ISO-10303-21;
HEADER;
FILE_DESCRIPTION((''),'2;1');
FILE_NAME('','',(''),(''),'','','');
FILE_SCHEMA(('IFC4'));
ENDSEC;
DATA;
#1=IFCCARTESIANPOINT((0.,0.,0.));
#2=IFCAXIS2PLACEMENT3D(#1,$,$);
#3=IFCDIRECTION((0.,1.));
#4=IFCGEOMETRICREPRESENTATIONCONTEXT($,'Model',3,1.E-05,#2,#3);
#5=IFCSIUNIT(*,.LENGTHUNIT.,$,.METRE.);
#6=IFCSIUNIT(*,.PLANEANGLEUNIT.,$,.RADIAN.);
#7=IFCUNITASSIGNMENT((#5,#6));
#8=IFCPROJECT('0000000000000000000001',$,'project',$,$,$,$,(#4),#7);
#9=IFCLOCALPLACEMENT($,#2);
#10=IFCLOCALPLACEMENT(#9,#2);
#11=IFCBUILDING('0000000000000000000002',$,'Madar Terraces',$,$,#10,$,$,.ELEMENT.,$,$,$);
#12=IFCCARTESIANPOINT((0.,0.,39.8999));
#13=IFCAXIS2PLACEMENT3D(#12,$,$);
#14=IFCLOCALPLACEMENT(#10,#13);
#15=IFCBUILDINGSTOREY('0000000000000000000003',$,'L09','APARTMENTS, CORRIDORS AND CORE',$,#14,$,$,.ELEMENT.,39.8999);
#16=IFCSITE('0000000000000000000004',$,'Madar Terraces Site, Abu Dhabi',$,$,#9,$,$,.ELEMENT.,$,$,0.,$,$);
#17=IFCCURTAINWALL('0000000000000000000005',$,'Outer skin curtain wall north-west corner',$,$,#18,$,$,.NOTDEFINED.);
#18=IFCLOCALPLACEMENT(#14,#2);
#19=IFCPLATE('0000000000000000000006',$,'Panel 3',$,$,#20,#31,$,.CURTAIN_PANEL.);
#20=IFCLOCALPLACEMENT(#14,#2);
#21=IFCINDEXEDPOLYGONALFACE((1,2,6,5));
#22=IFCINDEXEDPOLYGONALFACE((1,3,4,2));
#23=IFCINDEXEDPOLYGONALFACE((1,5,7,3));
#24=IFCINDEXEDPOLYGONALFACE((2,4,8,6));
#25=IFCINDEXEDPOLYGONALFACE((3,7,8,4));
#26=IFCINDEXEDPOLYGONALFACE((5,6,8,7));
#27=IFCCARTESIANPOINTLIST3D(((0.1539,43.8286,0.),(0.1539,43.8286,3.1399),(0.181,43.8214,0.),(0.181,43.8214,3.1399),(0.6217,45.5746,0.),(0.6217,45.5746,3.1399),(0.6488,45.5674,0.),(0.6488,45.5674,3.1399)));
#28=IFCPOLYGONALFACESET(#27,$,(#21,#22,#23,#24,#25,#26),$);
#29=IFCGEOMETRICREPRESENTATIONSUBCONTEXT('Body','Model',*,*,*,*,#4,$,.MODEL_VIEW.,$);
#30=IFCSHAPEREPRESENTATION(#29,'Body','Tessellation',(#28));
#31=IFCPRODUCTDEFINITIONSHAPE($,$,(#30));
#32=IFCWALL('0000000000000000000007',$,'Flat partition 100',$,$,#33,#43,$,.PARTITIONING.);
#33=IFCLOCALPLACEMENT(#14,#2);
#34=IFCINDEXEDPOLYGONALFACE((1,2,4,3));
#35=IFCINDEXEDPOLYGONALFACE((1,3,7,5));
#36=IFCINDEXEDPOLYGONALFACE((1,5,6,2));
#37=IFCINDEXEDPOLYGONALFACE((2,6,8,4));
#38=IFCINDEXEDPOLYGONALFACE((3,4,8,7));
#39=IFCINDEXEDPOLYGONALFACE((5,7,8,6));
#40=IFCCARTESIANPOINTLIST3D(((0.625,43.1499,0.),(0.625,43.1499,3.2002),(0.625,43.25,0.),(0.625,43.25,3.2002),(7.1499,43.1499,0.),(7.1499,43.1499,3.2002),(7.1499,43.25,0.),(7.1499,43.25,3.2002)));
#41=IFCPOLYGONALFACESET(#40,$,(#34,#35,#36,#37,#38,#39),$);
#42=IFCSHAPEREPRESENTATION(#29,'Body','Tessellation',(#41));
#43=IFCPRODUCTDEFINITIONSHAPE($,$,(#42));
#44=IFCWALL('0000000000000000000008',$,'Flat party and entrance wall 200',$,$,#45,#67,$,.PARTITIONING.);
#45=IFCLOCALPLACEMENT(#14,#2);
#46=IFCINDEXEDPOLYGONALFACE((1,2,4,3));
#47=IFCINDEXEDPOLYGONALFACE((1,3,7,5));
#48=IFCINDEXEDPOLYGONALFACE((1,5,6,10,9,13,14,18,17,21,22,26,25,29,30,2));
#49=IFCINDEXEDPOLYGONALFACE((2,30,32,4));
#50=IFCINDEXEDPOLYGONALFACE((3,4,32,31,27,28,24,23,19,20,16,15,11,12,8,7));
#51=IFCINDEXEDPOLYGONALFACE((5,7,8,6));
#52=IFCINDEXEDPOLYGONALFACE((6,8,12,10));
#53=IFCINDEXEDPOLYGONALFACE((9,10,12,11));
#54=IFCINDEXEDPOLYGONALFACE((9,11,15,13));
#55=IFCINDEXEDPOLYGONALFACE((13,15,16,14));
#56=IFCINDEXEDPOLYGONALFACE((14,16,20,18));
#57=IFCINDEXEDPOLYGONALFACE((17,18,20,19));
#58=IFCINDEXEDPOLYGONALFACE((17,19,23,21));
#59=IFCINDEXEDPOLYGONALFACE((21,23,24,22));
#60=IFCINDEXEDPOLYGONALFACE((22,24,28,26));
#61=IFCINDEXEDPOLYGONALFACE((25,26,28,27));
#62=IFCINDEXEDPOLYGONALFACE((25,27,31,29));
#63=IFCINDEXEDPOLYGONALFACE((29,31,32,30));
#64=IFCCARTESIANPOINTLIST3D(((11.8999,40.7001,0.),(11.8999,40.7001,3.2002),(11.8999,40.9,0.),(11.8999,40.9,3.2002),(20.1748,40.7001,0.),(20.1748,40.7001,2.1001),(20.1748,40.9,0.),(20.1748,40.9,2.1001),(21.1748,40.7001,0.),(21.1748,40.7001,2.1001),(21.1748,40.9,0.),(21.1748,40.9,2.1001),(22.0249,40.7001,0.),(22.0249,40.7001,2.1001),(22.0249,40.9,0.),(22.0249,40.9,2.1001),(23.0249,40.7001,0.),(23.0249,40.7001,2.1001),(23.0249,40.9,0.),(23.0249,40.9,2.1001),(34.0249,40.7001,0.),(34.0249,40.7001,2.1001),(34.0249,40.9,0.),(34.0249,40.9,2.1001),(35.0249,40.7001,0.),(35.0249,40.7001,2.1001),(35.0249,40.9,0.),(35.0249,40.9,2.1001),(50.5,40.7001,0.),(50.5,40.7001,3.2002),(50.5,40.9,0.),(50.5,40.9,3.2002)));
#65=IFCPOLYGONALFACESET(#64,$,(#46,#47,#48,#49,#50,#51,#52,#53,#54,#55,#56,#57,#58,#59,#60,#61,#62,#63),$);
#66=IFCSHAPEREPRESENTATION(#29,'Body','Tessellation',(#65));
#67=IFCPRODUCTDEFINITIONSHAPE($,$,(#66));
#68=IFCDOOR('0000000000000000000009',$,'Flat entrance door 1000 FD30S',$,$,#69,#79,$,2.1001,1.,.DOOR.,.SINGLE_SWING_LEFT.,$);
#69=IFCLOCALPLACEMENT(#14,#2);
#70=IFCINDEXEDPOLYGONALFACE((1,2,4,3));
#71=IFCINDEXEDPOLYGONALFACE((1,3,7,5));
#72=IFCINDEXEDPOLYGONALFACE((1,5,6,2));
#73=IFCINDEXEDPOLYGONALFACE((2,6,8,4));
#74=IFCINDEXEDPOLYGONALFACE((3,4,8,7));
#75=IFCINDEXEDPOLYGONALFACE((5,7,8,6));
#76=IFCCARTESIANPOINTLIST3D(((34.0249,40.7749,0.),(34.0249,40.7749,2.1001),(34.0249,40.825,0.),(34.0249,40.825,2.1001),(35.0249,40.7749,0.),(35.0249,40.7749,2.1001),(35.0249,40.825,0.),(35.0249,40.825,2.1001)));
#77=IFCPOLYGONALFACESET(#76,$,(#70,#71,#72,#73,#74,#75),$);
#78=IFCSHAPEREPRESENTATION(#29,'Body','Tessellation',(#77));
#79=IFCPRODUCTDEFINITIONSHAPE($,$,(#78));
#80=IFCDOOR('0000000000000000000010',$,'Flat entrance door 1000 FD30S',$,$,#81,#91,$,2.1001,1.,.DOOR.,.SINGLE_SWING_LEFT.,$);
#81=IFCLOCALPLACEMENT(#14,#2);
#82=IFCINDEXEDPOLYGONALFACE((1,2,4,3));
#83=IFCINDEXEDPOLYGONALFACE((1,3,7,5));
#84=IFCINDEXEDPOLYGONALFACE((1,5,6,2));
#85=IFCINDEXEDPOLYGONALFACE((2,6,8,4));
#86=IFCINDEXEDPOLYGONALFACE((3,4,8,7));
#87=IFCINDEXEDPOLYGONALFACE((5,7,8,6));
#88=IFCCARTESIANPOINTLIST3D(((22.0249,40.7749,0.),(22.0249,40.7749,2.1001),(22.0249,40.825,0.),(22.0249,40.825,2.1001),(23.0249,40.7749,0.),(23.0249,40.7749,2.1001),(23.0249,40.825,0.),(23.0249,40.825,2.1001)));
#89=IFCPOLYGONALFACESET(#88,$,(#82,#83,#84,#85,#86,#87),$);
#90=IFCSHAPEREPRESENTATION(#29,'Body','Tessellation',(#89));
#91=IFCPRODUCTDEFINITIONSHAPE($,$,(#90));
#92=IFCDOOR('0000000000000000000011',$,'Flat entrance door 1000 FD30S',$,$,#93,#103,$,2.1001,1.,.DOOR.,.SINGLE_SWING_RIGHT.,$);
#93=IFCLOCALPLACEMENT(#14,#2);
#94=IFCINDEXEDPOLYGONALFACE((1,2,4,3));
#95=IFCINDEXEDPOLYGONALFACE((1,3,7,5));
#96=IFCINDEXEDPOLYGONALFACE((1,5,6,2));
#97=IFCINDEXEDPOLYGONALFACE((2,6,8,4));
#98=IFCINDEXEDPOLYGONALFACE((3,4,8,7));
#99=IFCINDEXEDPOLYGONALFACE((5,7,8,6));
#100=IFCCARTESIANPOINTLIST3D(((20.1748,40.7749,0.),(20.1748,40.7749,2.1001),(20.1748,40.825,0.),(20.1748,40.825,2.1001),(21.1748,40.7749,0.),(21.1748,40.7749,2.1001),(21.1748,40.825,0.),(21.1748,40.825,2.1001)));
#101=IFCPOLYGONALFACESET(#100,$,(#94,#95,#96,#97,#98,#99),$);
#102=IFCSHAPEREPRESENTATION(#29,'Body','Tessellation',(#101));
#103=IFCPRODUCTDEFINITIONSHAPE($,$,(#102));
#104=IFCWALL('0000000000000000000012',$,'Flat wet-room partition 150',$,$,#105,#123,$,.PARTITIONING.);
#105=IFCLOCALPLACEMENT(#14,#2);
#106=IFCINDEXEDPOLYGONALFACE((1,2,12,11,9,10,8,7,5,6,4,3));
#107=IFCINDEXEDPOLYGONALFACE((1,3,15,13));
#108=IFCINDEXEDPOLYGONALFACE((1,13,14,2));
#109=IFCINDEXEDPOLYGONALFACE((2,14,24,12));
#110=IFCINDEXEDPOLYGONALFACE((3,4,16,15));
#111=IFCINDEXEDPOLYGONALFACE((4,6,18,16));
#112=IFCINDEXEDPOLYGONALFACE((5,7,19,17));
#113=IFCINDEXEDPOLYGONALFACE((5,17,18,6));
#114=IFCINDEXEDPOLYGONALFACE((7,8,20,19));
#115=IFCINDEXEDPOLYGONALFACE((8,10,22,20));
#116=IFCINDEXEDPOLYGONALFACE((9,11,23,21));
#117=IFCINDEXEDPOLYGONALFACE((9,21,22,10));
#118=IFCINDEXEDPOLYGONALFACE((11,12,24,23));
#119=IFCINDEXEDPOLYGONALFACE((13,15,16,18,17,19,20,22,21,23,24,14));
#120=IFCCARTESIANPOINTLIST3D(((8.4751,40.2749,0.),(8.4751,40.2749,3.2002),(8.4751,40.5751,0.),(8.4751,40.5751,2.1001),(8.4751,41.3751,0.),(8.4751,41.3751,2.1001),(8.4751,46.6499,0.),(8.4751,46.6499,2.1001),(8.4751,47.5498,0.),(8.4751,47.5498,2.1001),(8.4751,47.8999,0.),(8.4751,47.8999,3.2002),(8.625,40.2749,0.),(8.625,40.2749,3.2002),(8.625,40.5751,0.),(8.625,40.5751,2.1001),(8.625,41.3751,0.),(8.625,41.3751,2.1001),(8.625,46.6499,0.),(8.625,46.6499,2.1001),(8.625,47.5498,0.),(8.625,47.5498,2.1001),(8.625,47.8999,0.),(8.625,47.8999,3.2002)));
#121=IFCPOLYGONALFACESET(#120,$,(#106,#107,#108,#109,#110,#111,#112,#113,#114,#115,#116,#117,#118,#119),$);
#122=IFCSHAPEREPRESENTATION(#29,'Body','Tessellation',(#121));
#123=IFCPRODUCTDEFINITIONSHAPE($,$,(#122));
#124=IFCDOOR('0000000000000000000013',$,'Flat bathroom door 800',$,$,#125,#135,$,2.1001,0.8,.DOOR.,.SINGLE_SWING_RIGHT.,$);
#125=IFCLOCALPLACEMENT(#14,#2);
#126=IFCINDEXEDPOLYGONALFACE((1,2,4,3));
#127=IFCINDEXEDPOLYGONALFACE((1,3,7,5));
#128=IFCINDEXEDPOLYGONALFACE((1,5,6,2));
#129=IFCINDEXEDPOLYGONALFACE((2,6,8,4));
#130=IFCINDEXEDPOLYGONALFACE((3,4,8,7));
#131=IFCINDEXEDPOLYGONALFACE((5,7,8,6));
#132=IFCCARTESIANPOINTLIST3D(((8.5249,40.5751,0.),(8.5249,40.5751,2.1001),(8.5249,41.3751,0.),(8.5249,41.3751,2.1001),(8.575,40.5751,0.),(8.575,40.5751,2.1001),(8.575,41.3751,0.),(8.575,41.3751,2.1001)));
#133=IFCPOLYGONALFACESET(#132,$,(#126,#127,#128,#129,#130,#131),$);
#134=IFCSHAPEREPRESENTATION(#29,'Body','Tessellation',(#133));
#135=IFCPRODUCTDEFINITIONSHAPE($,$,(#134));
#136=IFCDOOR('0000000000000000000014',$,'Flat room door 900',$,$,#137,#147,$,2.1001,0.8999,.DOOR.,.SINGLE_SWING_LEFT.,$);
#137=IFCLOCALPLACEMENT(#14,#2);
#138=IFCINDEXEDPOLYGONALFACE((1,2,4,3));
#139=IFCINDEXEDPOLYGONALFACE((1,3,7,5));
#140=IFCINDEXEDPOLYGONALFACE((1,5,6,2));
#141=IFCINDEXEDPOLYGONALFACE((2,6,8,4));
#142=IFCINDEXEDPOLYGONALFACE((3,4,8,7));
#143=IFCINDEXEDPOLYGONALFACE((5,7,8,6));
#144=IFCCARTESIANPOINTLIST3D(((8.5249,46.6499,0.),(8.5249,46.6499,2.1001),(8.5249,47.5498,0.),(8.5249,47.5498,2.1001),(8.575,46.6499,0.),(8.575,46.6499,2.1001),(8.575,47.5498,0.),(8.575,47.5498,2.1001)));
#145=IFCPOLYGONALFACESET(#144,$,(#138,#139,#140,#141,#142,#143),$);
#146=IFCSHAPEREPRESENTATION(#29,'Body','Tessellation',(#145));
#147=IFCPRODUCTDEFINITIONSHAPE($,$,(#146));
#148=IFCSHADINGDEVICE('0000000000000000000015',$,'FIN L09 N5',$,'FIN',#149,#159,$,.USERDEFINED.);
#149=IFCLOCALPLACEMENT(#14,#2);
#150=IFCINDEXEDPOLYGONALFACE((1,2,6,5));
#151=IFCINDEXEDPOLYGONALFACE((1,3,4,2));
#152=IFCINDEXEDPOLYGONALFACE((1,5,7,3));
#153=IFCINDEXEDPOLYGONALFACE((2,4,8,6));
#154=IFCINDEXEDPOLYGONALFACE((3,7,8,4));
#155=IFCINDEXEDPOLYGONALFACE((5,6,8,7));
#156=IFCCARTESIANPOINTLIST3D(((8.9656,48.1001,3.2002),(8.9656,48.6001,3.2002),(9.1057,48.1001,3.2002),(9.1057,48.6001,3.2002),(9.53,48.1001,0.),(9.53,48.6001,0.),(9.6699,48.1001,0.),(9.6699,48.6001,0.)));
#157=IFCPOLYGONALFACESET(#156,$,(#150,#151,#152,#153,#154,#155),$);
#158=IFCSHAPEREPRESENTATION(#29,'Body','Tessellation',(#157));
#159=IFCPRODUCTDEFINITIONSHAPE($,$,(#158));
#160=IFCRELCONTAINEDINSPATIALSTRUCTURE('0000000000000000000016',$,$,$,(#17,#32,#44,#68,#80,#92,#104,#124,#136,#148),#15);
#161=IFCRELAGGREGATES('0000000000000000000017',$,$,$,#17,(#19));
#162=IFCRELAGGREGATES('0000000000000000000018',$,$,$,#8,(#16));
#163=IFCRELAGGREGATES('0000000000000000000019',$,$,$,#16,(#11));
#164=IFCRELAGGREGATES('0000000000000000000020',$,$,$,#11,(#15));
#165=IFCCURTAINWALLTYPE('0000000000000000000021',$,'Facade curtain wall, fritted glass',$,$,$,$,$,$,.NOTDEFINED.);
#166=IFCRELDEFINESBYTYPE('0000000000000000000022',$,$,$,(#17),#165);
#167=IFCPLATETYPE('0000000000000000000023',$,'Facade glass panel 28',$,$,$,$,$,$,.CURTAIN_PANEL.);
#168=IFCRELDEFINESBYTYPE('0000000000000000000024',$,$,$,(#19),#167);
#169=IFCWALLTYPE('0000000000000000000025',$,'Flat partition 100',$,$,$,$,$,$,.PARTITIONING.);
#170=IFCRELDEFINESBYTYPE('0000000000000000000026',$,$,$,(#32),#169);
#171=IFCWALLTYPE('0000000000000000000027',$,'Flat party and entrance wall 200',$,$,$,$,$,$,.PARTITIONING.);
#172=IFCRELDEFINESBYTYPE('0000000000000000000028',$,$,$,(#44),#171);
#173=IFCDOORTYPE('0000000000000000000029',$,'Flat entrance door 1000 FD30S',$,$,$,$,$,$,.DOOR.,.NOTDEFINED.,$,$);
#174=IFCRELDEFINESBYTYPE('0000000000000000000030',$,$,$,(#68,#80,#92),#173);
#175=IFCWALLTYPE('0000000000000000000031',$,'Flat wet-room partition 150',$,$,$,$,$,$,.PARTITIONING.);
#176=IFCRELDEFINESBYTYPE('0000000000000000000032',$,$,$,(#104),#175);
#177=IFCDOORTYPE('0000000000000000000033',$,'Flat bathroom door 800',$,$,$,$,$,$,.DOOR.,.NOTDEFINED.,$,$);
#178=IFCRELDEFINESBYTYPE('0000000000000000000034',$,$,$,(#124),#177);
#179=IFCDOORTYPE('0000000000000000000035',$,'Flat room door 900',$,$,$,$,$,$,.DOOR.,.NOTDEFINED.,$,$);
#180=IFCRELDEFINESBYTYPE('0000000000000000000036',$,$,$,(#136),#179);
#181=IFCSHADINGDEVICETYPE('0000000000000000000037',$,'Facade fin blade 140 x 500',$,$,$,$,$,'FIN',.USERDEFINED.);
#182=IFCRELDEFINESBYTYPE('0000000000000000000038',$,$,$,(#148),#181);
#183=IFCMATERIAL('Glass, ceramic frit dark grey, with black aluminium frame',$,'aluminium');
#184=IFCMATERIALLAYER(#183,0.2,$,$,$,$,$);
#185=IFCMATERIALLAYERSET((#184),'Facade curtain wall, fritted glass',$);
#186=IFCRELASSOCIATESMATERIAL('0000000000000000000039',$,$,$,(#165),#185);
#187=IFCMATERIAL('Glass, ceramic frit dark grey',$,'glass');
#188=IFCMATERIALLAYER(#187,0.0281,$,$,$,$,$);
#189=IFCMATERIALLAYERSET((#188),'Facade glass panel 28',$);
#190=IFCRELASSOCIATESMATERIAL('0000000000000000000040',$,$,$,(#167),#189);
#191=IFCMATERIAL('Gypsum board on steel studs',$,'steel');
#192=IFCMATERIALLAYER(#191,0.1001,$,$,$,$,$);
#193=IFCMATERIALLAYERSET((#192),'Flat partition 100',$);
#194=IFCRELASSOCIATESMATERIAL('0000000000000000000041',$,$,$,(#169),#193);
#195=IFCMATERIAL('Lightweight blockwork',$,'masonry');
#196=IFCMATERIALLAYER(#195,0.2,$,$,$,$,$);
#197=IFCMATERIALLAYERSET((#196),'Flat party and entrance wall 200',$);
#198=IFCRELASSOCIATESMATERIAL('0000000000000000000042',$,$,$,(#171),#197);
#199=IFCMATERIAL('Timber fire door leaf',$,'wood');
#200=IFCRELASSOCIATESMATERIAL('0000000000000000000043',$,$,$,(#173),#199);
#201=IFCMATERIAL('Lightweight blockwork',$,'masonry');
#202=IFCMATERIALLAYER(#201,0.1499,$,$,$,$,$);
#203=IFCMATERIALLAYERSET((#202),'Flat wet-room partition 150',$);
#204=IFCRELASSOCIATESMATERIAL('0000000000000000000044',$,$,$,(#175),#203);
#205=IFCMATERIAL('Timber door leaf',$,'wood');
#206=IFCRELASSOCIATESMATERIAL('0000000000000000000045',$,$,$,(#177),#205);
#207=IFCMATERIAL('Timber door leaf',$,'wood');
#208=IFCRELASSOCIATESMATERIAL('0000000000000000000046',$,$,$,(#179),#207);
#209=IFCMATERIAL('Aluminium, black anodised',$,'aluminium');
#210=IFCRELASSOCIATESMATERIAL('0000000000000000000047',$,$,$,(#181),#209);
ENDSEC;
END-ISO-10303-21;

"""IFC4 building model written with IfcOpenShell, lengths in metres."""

from ifc_helpers import new_model, si_unit, direction, frame, frame_2d, origin, origin_2d, place, context, subcontext, project, spatial, polyline, rectangle, outline, extrude, material, layer, layer_set, type_object, element, fill, aggregate, save


model = new_model("IFC4")

# Units and contexts
model_context = context("Model", 3, precision=1e-05, world=origin(), true_north=direction((0.0, 1.0)))
body_context = subcontext(model_context, "Body", "Model", "MODEL_VIEW")
ifc_project = project(units=[si_unit("LENGTHUNIT", "METRE"), si_unit("PLANEANGLEUNIT", "RADIAN")], contexts=[model_context])

# Site, building, storey
site_placement = place(None, origin())
site = spatial("IfcSite", under=ifc_project, at=site_placement, Name="Madar Terraces Site, Abu Dhabi", CompositionType="ELEMENT", RefElevation=0.0)
building_placement = place(site_placement, origin())
building = spatial("IfcBuilding", under=site, at=building_placement, Name="Madar Terraces", CompositionType="ELEMENT")
storey_placement = place(building_placement, frame((0.0, 0.0, 39.8999)))
storey = spatial("IfcBuildingStorey", under=building, at=storey_placement, Name="L09", Description="APARTMENTS, CORRIDORS AND CORE", CompositionType="ELEMENT", Elevation=39.8999)

# Shared definitions
ifc_material_1 = material(Name="Glass, ceramic frit dark grey, with black aluminium frame", Category="aluminium")
ifc_layer_1 = layer(ifc_material_1, 0.2)
ifc_layer_set_1 = layer_set([ifc_layer_1], Name="Facade curtain wall, fritted glass")
curtain_wall_type = type_object("IfcCurtainWallType", Name="Facade curtain wall, fritted glass", PredefinedType="NOTDEFINED", material=ifc_layer_set_1)

# Curtain wall
curtain_wall_1_placement = place(storey_placement, origin())
curtain_wall_1 = element("IfcCurtainWall", 1, at=curtain_wall_1_placement, inside=storey, type_object=curtain_wall_type, Name="Outer skin curtain wall north-west corner", PredefinedType="NOTDEFINED")

# Plate
ifc_material_2 = material(Name="Glass, ceramic frit dark grey", Category="glass")
ifc_layer_2 = layer(ifc_material_2, 0.0281)
ifc_layer_set_2 = layer_set([ifc_layer_2], Name="Facade glass panel 28")
plate_type = type_object("IfcPlateType", Name="Facade glass panel 28", PredefinedType="CURTAIN_PANEL", material=ifc_layer_set_2)
plate_1_placement = place(storey_placement, frame((0.4014, 44.698, 0.0), z_axis=(0.0, 0.0, 1.0), x_axis=(-0.258819, -0.965926, 0.0)))
plate_1 = element("IfcPlate", 2, at=plate_1_placement, type_object=plate_type, Name="Panel 3", PredefinedType="CURTAIN_PANEL", context=body_context, shape_type="SweptSolid", body=[
    extrude(rectangle(XDim=1.8076, YDim=0.0281, at=origin_2d()), origin(), (0.0, 0.0, 1.0), 3.1399),
])
aggregate(curtain_wall_1, [plate_1])

# Wall
ifc_material_3 = material(Name="Gypsum board on steel studs", Category="steel")
ifc_layer_3 = layer(ifc_material_3, 0.1001)
ifc_layer_set_3 = layer_set([ifc_layer_3], Name="Flat partition 100")
wall_type_1 = type_object("IfcWallType", Name="Flat partition 100", PredefinedType="PARTITIONING", material=ifc_layer_set_3)
wall_1_placement = place(storey_placement, frame((7.1499, 43.2, 0.0), z_axis=(0.0, 0.0, 1.0), x_axis=(-1.0, 0.0, 0.0)))
element("IfcWall", 3, at=wall_1_placement, inside=storey, type_object=wall_type_1, Name="Flat partition 100", PredefinedType="PARTITIONING", context=body_context, shape_type="SweptSolid", body=[
    extrude(rectangle(XDim=6.5249, YDim=0.1001, at=frame_2d((3.2625, 0.0))), origin(), (0.0, 0.0, 1.0), 3.2002),
])

# Walls, openings, doors
ifc_material_4 = material(Name="Lightweight blockwork", Category="masonry")
ifc_layer_4 = layer(ifc_material_4, 0.2)
ifc_layer_set_4 = layer_set([ifc_layer_4], Name="Flat party and entrance wall 200")
wall_type_2 = type_object("IfcWallType", Name="Flat party and entrance wall 200", PredefinedType="PARTITIONING", material=ifc_layer_set_4)
wall_2_placement = place(storey_placement, frame((11.8999, 40.8, 0.0), z_axis=(0.0, 0.0, 1.0), x_axis=(1.0, 0.0, 0.0)))
wall_2 = element("IfcWall", 4, at=wall_2_placement, inside=storey, type_object=wall_type_2, Name="Flat party and entrance wall 200", PredefinedType="PARTITIONING", context=body_context, shape_type="SweptSolid", body=[
    extrude(rectangle(XDim=38.6001, YDim=0.2, at=frame_2d((19.3, 0.0))), origin(), (0.0, 0.0, 1.0), 3.2002),
])
opening_1_placement = place(wall_2_placement, frame((22.125, 0.0, 0.0)))
opening_1 = element("IfcOpeningElement", 5, at=opening_1_placement, cuts=wall_2, PredefinedType="OPENING", context=body_context, shape_type="SweptSolid", body=[
    extrude(rectangle(XDim=1.0, YDim=2.1001, at=frame_2d((0.5, 1.05))), frame((0.0, 0.1099, 0.0), z_axis=(0.0, -1.0, 0.0), x_axis=(1.0, 0.0, 0.0)), (0.0, 0.0, 1.0), 0.22),
])
opening_2_placement = place(wall_2_placement, frame((10.125, 0.0, 0.0)))
opening_2 = element("IfcOpeningElement", 6, at=opening_2_placement, cuts=wall_2, PredefinedType="OPENING", context=body_context, shape_type="SweptSolid", body=[
    extrude(rectangle(XDim=1.0, YDim=2.1001, at=frame_2d((0.5, 1.05))), frame((0.0, 0.1099, 0.0), z_axis=(0.0, -1.0, 0.0), x_axis=(1.0, 0.0, 0.0)), (0.0, 0.0, 1.0), 0.22),
])
opening_3_placement = place(wall_2_placement, frame((8.2749, 0.0, 0.0)))
opening_3 = element("IfcOpeningElement", 7, at=opening_3_placement, cuts=wall_2, PredefinedType="OPENING", context=body_context, shape_type="SweptSolid", body=[
    extrude(rectangle(XDim=1.0, YDim=2.1001, at=frame_2d((0.5, 1.05))), frame((0.0, 0.1099, 0.0), z_axis=(0.0, -1.0, 0.0), x_axis=(1.0, 0.0, 0.0)), (0.0, 0.0, 1.0), 0.22),
])
ifc_material_5 = material(Name="Timber fire door leaf", Category="wood")
door_type_1 = type_object("IfcDoorType", Name="Flat entrance door 1000 FD30S", OperationType="NOTDEFINED", PredefinedType="DOOR", material=ifc_material_5)
door_1_placement = place(opening_1_placement, origin())
door_1 = element("IfcDoor", 8, at=door_1_placement, inside=storey, type_object=door_type_1, Name="Flat entrance door 1000 FD30S", OperationType="SINGLE_SWING_LEFT", OverallHeight=2.1001, OverallWidth=1.0, PredefinedType="DOOR", context=body_context, shape_type="SweptSolid", body=[
    extrude(rectangle(XDim=1.0, YDim=2.1001, at=frame_2d((0.5, 1.05))), frame((0.0, 0.0249, 0.0), z_axis=(0.0, -1.0, 0.0), x_axis=(1.0, 0.0, 0.0)), (0.0, 0.0, 1.0), 0.05),
])
fill(opening_1, door_1)
door_2_placement = place(opening_2_placement, origin())
door_2 = element("IfcDoor", 9, at=door_2_placement, inside=storey, type_object=door_type_1, Name="Flat entrance door 1000 FD30S", OperationType="SINGLE_SWING_LEFT", OverallHeight=2.1001, OverallWidth=1.0, PredefinedType="DOOR", context=body_context, shape_type="SweptSolid", body=[
    extrude(rectangle(XDim=1.0, YDim=2.1001, at=frame_2d((0.5, 1.05))), frame((0.0, 0.0249, 0.0), z_axis=(0.0, -1.0, 0.0), x_axis=(1.0, 0.0, 0.0)), (0.0, 0.0, 1.0), 0.05),
])
fill(opening_2, door_2)
door_3_placement = place(opening_3_placement, origin())
door_3 = element("IfcDoor", 10, at=door_3_placement, inside=storey, type_object=door_type_1, Name="Flat entrance door 1000 FD30S", OperationType="SINGLE_SWING_RIGHT", OverallHeight=2.1001, OverallWidth=1.0, PredefinedType="DOOR", context=body_context, shape_type="SweptSolid", body=[
    extrude(rectangle(XDim=1.0, YDim=2.1001, at=frame_2d((0.5, 1.05))), frame((0.0, 0.0249, 0.0), z_axis=(0.0, -1.0, 0.0), x_axis=(1.0, 0.0, 0.0)), (0.0, 0.0, 1.0), 0.05),
])
fill(opening_3, door_3)
ifc_material_6 = material(Name="Lightweight blockwork", Category="masonry")
ifc_layer_5 = layer(ifc_material_6, 0.1499)
ifc_layer_set_5 = layer_set([ifc_layer_5], Name="Flat wet-room partition 150")
wall_type_3 = type_object("IfcWallType", Name="Flat wet-room partition 150", PredefinedType="PARTITIONING", material=ifc_layer_set_5)
wall_3_placement = place(storey_placement, frame((8.55, 47.8999, 0.0), z_axis=(0.0, 0.0, 1.0), x_axis=(0.0, -1.0, 0.0)))
wall_3 = element("IfcWall", 11, at=wall_3_placement, inside=storey, type_object=wall_type_3, Name="Flat wet-room partition 150", PredefinedType="PARTITIONING", context=body_context, shape_type="SweptSolid", body=[
    extrude(rectangle(XDim=7.625, YDim=0.1499, at=frame_2d((3.8125, 0.0))), origin(), (0.0, 0.0, 1.0), 3.2002),
])
opening_4_placement = place(wall_3_placement, frame((6.5249, 0.0, 0.0)))
opening_4 = element("IfcOpeningElement", 12, at=opening_4_placement, cuts=wall_3, PredefinedType="OPENING", context=body_context, shape_type="SweptSolid", body=[
    extrude(rectangle(XDim=0.8, YDim=2.1001, at=frame_2d((0.3999, 1.05))), frame((0.0, 0.085, 0.0), z_axis=(0.0, -1.0, 0.0), x_axis=(1.0, 0.0, 0.0)), (0.0, 0.0, 1.0), 0.1699),
])
opening_5_placement = place(wall_3_placement, frame((0.3501, 0.0, 0.0)))
opening_5 = element("IfcOpeningElement", 13, at=opening_5_placement, cuts=wall_3, PredefinedType="OPENING", context=body_context, shape_type="SweptSolid", body=[
    extrude(rectangle(XDim=0.8999, YDim=2.1001, at=frame_2d((0.45, 1.05))), frame((0.0, 0.085, 0.0), z_axis=(0.0, -1.0, 0.0), x_axis=(1.0, 0.0, 0.0)), (0.0, 0.0, 1.0), 0.1699),
])
ifc_material_7 = material(Name="Timber door leaf", Category="wood")
door_type_2 = type_object("IfcDoorType", Name="Flat bathroom door 800", OperationType="NOTDEFINED", PredefinedType="DOOR", material=ifc_material_7)
door_4_placement = place(opening_4_placement, origin())
door_4 = element("IfcDoor", 14, at=door_4_placement, inside=storey, type_object=door_type_2, Name="Flat bathroom door 800", OperationType="SINGLE_SWING_RIGHT", OverallHeight=2.1001, OverallWidth=0.8, PredefinedType="DOOR", context=body_context, shape_type="SweptSolid", body=[
    extrude(rectangle(XDim=0.8, YDim=2.1001, at=frame_2d((0.3999, 1.05))), frame((0.0, 0.0249, 0.0), z_axis=(0.0, -1.0, 0.0), x_axis=(1.0, 0.0, 0.0)), (0.0, 0.0, 1.0), 0.05),
])
fill(opening_4, door_4)
ifc_material_8 = material(Name="Timber door leaf", Category="wood")
door_type_3 = type_object("IfcDoorType", Name="Flat room door 900", OperationType="NOTDEFINED", PredefinedType="DOOR", material=ifc_material_8)
door_5_placement = place(opening_5_placement, origin())
door_5 = element("IfcDoor", 15, at=door_5_placement, inside=storey, type_object=door_type_3, Name="Flat room door 900", OperationType="SINGLE_SWING_LEFT", OverallHeight=2.1001, OverallWidth=0.8999, PredefinedType="DOOR", context=body_context, shape_type="SweptSolid", body=[
    extrude(rectangle(XDim=0.8999, YDim=2.1001, at=frame_2d((0.45, 1.05))), frame((0.0, 0.0249, 0.0), z_axis=(0.0, -1.0, 0.0), x_axis=(1.0, 0.0, 0.0)), (0.0, 0.0, 1.0), 0.05),
])
fill(opening_5, door_5)

# Shading device
ifc_material_9 = material(Name="Aluminium, black anodised", Category="aluminium")
shading_device_type = type_object("IfcShadingDeviceType", Name="Facade fin blade 140 x 500", ElementType="FIN", PredefinedType="USERDEFINED", material=ifc_material_9)
shading_device_placement = place(storey_placement, frame((9.6699, 48.3501, 0.0), z_axis=(0.0, 0.0, 1.0), x_axis=(-1.0, 0.0, 0.0)))
element("IfcShadingDevice", 16, at=shading_device_placement, inside=storey, type_object=shading_device_type, Name="FIN L09 N5", ObjectType="FIN", PredefinedType="USERDEFINED", context=body_context, shape_type="SweptSolid", body=[
    extrude(outline(polyline([(0.0, 0.0), (0.1399, 0.0), (0.7043, 3.2002), (0.5642, 3.2002), (0.0, 0.0)])), frame((0.0, 0.25, 0.0), z_axis=(0.0, -1.0, 0.0), x_axis=(1.0, 0.0, 0.0)), (0.0, 0.0, 1.0), 0.5),
])

save(model, "model.ifc")
